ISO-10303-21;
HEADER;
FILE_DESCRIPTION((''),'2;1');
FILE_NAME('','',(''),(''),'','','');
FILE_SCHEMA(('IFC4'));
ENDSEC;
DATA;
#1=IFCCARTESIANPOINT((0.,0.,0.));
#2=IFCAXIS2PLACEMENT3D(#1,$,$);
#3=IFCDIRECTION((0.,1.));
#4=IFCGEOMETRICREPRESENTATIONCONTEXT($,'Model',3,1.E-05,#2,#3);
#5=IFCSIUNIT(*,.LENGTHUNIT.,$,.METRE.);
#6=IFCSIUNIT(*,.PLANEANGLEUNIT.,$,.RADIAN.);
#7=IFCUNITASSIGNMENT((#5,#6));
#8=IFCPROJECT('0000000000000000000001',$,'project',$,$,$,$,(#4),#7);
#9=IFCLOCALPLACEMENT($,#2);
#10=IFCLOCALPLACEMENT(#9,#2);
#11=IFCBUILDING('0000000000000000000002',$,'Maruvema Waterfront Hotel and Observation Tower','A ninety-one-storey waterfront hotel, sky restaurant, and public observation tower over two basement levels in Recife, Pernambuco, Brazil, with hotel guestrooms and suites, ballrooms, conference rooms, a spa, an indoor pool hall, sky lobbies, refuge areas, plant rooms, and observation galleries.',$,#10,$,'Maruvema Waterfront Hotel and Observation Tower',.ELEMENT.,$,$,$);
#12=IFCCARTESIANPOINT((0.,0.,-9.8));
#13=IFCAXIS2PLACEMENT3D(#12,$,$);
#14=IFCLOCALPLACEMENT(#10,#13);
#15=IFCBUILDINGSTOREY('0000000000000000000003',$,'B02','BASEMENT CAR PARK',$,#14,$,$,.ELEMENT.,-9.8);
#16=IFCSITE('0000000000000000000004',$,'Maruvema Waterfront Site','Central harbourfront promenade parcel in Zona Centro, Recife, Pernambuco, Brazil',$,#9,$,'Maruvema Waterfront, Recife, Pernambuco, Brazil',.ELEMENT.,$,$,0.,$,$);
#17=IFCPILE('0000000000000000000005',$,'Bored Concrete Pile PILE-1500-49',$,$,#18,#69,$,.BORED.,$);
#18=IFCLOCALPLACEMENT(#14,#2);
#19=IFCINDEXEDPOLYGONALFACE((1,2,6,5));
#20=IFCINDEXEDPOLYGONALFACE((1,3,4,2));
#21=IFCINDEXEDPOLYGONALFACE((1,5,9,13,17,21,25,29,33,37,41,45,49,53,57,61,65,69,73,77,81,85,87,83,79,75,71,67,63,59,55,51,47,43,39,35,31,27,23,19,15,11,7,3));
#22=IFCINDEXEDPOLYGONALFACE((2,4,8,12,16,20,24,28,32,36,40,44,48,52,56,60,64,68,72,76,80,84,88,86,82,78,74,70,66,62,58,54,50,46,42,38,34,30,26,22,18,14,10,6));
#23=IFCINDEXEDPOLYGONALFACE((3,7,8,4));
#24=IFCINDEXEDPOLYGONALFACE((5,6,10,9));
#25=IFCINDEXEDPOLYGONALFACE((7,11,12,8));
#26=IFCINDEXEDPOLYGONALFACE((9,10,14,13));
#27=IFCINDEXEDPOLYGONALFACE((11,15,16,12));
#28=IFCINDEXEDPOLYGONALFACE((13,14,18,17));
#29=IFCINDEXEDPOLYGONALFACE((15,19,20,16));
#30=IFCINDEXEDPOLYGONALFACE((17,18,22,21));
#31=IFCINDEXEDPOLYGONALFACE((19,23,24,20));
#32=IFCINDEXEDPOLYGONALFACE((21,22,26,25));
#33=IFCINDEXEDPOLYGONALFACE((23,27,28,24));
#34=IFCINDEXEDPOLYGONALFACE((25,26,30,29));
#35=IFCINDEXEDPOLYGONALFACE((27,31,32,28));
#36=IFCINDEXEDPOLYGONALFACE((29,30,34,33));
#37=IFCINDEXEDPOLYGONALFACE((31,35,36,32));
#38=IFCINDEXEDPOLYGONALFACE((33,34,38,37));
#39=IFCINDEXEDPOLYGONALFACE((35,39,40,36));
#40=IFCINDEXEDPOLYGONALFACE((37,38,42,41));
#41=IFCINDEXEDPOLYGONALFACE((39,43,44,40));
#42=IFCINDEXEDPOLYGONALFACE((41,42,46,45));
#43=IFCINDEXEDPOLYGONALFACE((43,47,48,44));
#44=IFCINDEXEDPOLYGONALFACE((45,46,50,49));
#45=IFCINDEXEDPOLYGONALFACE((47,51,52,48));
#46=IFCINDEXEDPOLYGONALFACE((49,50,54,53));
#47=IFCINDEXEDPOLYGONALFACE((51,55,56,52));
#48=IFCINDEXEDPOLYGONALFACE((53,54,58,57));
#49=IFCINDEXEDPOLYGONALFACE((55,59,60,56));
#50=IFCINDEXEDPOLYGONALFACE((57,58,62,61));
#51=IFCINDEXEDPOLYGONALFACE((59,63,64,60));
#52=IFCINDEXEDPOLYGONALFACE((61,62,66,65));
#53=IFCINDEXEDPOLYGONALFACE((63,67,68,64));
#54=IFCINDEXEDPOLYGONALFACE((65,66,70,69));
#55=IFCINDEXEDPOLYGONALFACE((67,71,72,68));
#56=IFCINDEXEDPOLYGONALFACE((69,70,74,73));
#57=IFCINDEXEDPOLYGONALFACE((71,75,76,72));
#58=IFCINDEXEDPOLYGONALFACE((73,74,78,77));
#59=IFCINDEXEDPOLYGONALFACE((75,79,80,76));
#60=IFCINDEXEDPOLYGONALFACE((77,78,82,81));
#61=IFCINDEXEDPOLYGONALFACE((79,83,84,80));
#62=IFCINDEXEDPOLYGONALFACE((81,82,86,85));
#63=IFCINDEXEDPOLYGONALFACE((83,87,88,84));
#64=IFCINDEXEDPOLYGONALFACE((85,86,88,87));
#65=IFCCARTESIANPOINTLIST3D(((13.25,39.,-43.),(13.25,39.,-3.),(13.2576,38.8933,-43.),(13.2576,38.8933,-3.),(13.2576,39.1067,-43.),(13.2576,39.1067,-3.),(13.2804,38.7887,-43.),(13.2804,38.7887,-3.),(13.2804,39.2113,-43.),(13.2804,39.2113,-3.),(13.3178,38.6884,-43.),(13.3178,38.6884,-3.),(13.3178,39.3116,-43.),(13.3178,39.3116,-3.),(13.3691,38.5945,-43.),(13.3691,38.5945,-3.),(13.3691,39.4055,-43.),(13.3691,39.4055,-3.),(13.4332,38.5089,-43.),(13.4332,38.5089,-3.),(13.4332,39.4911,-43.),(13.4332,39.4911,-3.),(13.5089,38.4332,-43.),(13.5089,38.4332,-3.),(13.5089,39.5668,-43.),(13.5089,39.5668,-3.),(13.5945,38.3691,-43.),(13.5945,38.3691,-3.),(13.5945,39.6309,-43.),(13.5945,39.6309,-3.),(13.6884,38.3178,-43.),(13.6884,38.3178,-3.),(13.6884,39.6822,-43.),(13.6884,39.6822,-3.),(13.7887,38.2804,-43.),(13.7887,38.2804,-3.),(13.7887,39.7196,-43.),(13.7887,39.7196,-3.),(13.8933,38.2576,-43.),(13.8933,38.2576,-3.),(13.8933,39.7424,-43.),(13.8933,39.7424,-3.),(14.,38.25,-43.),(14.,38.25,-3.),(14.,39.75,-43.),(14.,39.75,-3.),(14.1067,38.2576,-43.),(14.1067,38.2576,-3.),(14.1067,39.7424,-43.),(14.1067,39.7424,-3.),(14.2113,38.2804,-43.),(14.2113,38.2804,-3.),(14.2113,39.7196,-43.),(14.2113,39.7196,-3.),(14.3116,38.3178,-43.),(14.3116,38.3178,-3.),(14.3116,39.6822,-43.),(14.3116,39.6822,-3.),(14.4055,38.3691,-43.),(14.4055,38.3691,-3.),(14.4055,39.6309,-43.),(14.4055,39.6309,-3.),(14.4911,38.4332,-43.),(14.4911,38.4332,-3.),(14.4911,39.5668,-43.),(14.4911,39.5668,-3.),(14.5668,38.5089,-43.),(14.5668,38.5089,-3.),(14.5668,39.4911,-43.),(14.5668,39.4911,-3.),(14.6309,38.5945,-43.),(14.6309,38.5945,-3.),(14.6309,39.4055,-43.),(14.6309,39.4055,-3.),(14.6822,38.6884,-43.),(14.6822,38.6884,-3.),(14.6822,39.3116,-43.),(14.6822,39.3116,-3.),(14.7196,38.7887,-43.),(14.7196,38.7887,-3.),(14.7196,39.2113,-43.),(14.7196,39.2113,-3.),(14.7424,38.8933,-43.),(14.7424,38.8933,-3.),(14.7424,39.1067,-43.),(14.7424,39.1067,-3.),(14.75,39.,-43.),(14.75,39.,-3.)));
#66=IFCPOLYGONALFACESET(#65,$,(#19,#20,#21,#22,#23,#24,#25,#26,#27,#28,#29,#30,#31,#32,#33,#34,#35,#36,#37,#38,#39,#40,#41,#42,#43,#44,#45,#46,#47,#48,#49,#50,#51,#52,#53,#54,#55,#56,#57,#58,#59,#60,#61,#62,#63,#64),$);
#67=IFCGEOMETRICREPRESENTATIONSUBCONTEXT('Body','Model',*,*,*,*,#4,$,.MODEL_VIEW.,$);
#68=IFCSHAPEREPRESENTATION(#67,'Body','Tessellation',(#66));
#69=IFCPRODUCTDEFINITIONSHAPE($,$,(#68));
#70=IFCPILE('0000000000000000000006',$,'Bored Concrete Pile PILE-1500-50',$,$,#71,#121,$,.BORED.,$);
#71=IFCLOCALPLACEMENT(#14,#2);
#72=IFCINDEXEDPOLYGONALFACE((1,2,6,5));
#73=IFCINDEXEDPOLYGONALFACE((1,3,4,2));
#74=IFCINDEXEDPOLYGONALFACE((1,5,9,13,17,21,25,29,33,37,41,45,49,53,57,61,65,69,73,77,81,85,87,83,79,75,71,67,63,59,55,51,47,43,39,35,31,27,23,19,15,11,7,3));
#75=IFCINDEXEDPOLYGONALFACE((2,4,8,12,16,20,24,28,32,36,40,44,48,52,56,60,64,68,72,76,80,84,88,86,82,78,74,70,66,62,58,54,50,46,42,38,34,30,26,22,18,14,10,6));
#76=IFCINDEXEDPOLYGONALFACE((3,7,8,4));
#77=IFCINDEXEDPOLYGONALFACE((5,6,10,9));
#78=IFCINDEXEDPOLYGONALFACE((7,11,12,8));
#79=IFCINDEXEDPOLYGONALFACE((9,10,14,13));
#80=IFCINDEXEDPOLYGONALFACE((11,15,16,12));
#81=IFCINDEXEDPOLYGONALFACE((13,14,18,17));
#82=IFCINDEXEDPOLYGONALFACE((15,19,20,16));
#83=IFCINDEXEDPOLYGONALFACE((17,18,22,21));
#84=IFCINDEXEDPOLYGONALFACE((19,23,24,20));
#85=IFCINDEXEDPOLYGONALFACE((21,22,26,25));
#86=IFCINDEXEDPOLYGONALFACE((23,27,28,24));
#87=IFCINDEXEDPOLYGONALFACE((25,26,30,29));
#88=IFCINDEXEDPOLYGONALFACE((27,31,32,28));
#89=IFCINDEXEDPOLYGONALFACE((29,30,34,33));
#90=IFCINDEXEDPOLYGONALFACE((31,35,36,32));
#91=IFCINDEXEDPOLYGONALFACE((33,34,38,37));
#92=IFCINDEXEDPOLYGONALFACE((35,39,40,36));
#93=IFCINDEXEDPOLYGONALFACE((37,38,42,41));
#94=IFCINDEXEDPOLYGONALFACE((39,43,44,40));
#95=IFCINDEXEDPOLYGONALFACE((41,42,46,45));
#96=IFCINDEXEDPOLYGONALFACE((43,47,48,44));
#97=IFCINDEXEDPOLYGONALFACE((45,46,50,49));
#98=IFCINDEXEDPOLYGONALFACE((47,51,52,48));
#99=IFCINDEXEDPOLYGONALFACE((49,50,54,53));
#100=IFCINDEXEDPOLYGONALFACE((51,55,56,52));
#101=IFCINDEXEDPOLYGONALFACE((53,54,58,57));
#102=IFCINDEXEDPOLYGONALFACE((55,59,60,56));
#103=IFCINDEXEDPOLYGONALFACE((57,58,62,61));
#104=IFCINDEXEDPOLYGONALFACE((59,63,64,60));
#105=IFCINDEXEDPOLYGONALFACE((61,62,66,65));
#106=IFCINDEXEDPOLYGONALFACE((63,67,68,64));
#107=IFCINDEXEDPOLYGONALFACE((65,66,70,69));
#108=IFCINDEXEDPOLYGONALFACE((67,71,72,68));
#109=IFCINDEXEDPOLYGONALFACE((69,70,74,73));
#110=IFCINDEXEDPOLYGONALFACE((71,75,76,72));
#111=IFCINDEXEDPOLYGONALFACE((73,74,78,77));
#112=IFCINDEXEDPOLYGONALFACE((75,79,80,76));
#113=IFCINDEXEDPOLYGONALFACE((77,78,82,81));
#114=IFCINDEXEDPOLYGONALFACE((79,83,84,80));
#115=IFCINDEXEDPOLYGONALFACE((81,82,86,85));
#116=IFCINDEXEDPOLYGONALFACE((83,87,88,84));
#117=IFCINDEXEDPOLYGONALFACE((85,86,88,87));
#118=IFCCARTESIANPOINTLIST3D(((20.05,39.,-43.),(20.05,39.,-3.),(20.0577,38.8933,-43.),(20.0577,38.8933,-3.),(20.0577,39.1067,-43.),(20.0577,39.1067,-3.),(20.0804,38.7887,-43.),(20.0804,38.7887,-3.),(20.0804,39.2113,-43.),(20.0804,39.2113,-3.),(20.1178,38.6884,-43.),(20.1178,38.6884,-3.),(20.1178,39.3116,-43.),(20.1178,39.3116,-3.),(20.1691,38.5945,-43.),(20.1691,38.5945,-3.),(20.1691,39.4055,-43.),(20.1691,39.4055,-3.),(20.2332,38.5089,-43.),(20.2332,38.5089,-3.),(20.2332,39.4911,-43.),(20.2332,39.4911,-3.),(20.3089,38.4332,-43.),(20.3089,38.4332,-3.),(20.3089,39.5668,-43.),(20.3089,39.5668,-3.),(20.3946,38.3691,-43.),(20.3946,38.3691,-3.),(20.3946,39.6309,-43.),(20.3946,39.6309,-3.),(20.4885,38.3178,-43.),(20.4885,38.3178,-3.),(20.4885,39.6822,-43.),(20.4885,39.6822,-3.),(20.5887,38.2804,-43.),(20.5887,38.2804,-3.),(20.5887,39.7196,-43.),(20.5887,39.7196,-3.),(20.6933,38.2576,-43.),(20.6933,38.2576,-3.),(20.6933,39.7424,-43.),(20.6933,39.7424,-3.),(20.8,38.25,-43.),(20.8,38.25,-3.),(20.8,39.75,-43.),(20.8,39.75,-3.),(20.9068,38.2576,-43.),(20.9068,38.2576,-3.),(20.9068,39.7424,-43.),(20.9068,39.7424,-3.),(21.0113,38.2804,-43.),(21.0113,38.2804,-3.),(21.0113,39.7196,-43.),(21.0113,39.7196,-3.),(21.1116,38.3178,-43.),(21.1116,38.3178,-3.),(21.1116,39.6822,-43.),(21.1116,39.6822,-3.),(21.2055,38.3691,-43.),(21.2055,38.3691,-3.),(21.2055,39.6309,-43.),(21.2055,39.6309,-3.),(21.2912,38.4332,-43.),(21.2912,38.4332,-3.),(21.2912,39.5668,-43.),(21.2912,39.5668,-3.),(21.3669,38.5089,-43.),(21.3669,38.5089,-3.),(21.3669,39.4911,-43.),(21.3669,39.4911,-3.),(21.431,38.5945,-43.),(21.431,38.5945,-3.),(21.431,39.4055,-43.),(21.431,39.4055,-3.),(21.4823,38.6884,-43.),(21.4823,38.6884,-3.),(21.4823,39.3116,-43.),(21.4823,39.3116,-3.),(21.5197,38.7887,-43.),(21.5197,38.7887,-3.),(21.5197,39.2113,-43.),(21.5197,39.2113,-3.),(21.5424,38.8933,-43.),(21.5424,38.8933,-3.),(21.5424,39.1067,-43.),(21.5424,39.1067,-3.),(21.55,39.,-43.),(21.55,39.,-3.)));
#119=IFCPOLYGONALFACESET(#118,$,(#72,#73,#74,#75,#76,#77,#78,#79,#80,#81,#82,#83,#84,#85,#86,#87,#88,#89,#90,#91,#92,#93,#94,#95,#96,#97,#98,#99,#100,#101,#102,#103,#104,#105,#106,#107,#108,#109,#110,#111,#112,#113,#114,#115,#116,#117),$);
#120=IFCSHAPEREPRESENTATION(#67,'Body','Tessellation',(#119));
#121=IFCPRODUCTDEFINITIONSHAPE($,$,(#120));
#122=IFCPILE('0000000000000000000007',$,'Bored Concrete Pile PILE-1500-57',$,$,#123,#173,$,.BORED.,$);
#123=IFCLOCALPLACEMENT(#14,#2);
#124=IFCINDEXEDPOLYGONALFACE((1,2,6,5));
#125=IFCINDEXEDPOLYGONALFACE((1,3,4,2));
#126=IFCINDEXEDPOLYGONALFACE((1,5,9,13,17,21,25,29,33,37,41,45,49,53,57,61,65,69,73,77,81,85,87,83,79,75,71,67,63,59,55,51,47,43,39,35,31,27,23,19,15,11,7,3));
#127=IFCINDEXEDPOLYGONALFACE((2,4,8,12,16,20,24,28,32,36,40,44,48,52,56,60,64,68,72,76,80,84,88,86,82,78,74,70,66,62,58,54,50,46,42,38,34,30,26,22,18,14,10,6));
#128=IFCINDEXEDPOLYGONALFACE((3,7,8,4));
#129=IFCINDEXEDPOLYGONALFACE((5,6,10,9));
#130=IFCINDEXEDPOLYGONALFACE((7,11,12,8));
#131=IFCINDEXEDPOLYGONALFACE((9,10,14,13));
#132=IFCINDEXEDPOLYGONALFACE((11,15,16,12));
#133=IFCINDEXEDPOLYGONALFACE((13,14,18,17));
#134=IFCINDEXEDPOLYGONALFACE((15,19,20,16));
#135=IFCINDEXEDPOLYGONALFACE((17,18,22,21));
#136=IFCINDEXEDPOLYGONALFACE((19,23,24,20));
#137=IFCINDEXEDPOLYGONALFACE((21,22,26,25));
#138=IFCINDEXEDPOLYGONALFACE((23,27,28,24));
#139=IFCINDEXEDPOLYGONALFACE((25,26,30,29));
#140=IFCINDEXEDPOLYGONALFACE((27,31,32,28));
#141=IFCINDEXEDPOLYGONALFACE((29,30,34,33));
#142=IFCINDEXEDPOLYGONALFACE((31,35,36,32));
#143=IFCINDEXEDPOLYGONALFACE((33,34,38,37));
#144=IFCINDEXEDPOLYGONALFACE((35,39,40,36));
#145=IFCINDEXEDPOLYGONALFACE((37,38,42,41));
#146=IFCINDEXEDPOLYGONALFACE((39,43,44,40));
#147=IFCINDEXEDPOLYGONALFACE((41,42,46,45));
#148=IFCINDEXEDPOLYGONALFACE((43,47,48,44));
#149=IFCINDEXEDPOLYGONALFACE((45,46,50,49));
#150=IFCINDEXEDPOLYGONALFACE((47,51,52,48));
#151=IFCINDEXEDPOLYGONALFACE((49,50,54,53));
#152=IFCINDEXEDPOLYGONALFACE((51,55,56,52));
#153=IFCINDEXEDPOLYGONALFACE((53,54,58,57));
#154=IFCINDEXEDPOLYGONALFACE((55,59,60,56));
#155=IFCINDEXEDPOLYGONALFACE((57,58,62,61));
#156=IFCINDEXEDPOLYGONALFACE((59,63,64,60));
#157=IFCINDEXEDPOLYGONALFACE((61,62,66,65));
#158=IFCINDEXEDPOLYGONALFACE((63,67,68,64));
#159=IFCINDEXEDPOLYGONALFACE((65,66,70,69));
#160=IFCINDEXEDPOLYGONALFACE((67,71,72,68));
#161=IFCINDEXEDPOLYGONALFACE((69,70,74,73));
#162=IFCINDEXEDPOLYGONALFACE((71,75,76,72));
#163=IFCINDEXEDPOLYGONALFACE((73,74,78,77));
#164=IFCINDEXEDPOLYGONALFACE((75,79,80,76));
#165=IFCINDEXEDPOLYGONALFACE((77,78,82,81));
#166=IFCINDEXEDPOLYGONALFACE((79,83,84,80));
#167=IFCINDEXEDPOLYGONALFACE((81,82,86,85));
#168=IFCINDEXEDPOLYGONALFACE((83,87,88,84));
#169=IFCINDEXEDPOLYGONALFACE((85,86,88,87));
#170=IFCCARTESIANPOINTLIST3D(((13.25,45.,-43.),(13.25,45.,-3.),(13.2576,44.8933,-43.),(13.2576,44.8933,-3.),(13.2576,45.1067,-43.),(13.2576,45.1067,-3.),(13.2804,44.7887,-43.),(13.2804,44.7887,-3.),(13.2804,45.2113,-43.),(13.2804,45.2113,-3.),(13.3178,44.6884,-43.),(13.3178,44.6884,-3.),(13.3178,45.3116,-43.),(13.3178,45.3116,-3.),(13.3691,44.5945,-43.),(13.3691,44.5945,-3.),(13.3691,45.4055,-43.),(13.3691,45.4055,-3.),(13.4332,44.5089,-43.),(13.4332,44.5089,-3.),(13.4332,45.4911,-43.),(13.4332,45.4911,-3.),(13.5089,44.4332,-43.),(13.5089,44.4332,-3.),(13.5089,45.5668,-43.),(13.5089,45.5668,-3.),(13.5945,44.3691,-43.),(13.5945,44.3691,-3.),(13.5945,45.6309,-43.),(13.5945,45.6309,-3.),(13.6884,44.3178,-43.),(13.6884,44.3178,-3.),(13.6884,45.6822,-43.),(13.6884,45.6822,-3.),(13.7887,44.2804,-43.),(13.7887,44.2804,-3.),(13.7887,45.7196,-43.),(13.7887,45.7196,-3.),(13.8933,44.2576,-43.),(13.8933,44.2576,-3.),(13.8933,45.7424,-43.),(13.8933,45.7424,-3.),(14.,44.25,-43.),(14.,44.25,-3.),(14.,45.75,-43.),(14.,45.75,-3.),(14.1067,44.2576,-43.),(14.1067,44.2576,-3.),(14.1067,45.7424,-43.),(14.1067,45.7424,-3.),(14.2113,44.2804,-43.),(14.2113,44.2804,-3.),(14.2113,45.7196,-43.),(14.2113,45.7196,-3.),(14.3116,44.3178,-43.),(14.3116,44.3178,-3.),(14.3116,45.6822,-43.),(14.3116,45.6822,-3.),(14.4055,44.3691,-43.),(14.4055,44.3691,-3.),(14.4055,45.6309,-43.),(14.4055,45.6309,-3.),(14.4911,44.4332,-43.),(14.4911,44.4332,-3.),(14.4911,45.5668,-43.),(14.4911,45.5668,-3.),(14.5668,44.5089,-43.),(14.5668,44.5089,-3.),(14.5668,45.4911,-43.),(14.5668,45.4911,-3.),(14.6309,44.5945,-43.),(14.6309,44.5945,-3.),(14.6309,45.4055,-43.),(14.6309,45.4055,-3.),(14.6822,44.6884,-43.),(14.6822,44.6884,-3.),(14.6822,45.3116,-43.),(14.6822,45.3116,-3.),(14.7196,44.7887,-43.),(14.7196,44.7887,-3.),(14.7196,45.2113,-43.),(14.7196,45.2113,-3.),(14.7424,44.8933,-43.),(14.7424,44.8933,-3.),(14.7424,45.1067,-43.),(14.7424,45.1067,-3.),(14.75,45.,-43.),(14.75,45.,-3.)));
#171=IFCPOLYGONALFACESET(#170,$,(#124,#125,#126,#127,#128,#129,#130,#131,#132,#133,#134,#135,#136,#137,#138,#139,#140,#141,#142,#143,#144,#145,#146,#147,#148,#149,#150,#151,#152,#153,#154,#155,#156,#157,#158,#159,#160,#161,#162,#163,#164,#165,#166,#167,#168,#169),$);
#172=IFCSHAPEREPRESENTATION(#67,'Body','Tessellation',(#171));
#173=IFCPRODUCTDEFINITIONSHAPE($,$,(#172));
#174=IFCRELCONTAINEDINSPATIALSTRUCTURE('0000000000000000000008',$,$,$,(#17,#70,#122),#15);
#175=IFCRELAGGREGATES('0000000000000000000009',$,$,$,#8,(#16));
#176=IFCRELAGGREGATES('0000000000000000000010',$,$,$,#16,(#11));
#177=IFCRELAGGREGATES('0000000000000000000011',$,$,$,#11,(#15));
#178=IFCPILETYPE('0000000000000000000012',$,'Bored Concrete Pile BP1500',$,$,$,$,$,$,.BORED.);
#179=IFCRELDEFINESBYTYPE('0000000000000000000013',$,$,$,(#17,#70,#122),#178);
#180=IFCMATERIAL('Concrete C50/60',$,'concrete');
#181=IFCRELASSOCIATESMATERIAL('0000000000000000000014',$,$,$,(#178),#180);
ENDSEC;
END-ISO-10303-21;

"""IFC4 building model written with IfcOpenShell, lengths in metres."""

from ifc_helpers import new_model, si_unit, direction, frame, origin, origin_2d, place, context, subcontext, project, spatial, circle, extrude, material, material_profile, profile_set, type_object, element, save


model = new_model("IFC4")

# Units and contexts
model_context = context("Model", 3, precision=1e-05, world=origin(), true_north=direction((0.0, 1.0)))
body_context = subcontext(model_context, "Body", "Model", "MODEL_VIEW")
ifc_project = project(units=[si_unit("LENGTHUNIT", "METRE"), si_unit("PLANEANGLEUNIT", "RADIAN")], contexts=[model_context])

# Site, building, storey
site_placement = place(None, origin())
site = spatial("IfcSite", under=ifc_project, at=site_placement, Name="Maruvema Waterfront Site", Description="Central harbourfront promenade parcel in Zona Centro, Recife, Pernambuco, Brazil", LongName="Maruvema Waterfront, Recife, Pernambuco, Brazil", CompositionType="ELEMENT", RefElevation=0.0)
building_placement = place(site_placement, origin())
building = spatial("IfcBuilding", under=site, at=building_placement, Name="Maruvema Waterfront Hotel and Observation Tower", Description="A ninety-one-storey waterfront hotel, sky restaurant, and public observation tower over two basement levels in Recife, Pernambuco, Brazil, with hotel guestrooms and suites, ballrooms, conference rooms, a spa, an indoor pool hall, sky lobbies, refuge areas, plant rooms, and observation galleries.", LongName="Maruvema Waterfront Hotel and Observation Tower", CompositionType="ELEMENT")
storey_placement = place(building_placement, frame((0.0, 0.0, -9.8)))
storey = spatial("IfcBuildingStorey", under=building, at=storey_placement, Name="B02", Description="BASEMENT CAR PARK", CompositionType="ELEMENT", Elevation=-9.8)

# Piles
ifc_material_1 = material(Name="Concrete C50/60", Category="concrete")
ifc_material_profile_1 = material_profile(ifc_material_1, circle(Radius=0.75, at=origin_2d()), Name="BP1500")
ifc_profile_set_1 = profile_set([ifc_material_profile_1], Name="Concrete C50/60")
pile_type = type_object("IfcPileType", Name="Bored Concrete Pile BP1500", PredefinedType="BORED", material=ifc_profile_set_1)
for number, where, z_axis, x_axis, name in (
    (1, (14.0, 39.0, -3.0), (0.0, 0.0, -1.0), (1.0, 0.0, 0.0), "Bored Concrete Pile PILE-1500-49"),
    (2, (20.8, 39.0, -3.0), (0.0, 0.0, -1.0), (1.0, 0.0, 0.0), "Bored Concrete Pile PILE-1500-50"),
    (3, (14.0, 45.0, -3.0), (0.0, 0.0, -1.0), (1.0, 0.0, 0.0), "Bored Concrete Pile PILE-1500-57"),
):
    element("IfcPile", number, at=place(storey_placement, frame(where, z_axis=z_axis, x_axis=x_axis)), inside=storey, type_object=pile_type, Name=name, PredefinedType="BORED", context=body_context, shape_type="SweptSolid", body=[
        extrude(circle(Radius=0.75, at=origin_2d()), origin(), (0.0, 0.0, 1.0), 40.0),
    ])

save(model, "model.ifc")
